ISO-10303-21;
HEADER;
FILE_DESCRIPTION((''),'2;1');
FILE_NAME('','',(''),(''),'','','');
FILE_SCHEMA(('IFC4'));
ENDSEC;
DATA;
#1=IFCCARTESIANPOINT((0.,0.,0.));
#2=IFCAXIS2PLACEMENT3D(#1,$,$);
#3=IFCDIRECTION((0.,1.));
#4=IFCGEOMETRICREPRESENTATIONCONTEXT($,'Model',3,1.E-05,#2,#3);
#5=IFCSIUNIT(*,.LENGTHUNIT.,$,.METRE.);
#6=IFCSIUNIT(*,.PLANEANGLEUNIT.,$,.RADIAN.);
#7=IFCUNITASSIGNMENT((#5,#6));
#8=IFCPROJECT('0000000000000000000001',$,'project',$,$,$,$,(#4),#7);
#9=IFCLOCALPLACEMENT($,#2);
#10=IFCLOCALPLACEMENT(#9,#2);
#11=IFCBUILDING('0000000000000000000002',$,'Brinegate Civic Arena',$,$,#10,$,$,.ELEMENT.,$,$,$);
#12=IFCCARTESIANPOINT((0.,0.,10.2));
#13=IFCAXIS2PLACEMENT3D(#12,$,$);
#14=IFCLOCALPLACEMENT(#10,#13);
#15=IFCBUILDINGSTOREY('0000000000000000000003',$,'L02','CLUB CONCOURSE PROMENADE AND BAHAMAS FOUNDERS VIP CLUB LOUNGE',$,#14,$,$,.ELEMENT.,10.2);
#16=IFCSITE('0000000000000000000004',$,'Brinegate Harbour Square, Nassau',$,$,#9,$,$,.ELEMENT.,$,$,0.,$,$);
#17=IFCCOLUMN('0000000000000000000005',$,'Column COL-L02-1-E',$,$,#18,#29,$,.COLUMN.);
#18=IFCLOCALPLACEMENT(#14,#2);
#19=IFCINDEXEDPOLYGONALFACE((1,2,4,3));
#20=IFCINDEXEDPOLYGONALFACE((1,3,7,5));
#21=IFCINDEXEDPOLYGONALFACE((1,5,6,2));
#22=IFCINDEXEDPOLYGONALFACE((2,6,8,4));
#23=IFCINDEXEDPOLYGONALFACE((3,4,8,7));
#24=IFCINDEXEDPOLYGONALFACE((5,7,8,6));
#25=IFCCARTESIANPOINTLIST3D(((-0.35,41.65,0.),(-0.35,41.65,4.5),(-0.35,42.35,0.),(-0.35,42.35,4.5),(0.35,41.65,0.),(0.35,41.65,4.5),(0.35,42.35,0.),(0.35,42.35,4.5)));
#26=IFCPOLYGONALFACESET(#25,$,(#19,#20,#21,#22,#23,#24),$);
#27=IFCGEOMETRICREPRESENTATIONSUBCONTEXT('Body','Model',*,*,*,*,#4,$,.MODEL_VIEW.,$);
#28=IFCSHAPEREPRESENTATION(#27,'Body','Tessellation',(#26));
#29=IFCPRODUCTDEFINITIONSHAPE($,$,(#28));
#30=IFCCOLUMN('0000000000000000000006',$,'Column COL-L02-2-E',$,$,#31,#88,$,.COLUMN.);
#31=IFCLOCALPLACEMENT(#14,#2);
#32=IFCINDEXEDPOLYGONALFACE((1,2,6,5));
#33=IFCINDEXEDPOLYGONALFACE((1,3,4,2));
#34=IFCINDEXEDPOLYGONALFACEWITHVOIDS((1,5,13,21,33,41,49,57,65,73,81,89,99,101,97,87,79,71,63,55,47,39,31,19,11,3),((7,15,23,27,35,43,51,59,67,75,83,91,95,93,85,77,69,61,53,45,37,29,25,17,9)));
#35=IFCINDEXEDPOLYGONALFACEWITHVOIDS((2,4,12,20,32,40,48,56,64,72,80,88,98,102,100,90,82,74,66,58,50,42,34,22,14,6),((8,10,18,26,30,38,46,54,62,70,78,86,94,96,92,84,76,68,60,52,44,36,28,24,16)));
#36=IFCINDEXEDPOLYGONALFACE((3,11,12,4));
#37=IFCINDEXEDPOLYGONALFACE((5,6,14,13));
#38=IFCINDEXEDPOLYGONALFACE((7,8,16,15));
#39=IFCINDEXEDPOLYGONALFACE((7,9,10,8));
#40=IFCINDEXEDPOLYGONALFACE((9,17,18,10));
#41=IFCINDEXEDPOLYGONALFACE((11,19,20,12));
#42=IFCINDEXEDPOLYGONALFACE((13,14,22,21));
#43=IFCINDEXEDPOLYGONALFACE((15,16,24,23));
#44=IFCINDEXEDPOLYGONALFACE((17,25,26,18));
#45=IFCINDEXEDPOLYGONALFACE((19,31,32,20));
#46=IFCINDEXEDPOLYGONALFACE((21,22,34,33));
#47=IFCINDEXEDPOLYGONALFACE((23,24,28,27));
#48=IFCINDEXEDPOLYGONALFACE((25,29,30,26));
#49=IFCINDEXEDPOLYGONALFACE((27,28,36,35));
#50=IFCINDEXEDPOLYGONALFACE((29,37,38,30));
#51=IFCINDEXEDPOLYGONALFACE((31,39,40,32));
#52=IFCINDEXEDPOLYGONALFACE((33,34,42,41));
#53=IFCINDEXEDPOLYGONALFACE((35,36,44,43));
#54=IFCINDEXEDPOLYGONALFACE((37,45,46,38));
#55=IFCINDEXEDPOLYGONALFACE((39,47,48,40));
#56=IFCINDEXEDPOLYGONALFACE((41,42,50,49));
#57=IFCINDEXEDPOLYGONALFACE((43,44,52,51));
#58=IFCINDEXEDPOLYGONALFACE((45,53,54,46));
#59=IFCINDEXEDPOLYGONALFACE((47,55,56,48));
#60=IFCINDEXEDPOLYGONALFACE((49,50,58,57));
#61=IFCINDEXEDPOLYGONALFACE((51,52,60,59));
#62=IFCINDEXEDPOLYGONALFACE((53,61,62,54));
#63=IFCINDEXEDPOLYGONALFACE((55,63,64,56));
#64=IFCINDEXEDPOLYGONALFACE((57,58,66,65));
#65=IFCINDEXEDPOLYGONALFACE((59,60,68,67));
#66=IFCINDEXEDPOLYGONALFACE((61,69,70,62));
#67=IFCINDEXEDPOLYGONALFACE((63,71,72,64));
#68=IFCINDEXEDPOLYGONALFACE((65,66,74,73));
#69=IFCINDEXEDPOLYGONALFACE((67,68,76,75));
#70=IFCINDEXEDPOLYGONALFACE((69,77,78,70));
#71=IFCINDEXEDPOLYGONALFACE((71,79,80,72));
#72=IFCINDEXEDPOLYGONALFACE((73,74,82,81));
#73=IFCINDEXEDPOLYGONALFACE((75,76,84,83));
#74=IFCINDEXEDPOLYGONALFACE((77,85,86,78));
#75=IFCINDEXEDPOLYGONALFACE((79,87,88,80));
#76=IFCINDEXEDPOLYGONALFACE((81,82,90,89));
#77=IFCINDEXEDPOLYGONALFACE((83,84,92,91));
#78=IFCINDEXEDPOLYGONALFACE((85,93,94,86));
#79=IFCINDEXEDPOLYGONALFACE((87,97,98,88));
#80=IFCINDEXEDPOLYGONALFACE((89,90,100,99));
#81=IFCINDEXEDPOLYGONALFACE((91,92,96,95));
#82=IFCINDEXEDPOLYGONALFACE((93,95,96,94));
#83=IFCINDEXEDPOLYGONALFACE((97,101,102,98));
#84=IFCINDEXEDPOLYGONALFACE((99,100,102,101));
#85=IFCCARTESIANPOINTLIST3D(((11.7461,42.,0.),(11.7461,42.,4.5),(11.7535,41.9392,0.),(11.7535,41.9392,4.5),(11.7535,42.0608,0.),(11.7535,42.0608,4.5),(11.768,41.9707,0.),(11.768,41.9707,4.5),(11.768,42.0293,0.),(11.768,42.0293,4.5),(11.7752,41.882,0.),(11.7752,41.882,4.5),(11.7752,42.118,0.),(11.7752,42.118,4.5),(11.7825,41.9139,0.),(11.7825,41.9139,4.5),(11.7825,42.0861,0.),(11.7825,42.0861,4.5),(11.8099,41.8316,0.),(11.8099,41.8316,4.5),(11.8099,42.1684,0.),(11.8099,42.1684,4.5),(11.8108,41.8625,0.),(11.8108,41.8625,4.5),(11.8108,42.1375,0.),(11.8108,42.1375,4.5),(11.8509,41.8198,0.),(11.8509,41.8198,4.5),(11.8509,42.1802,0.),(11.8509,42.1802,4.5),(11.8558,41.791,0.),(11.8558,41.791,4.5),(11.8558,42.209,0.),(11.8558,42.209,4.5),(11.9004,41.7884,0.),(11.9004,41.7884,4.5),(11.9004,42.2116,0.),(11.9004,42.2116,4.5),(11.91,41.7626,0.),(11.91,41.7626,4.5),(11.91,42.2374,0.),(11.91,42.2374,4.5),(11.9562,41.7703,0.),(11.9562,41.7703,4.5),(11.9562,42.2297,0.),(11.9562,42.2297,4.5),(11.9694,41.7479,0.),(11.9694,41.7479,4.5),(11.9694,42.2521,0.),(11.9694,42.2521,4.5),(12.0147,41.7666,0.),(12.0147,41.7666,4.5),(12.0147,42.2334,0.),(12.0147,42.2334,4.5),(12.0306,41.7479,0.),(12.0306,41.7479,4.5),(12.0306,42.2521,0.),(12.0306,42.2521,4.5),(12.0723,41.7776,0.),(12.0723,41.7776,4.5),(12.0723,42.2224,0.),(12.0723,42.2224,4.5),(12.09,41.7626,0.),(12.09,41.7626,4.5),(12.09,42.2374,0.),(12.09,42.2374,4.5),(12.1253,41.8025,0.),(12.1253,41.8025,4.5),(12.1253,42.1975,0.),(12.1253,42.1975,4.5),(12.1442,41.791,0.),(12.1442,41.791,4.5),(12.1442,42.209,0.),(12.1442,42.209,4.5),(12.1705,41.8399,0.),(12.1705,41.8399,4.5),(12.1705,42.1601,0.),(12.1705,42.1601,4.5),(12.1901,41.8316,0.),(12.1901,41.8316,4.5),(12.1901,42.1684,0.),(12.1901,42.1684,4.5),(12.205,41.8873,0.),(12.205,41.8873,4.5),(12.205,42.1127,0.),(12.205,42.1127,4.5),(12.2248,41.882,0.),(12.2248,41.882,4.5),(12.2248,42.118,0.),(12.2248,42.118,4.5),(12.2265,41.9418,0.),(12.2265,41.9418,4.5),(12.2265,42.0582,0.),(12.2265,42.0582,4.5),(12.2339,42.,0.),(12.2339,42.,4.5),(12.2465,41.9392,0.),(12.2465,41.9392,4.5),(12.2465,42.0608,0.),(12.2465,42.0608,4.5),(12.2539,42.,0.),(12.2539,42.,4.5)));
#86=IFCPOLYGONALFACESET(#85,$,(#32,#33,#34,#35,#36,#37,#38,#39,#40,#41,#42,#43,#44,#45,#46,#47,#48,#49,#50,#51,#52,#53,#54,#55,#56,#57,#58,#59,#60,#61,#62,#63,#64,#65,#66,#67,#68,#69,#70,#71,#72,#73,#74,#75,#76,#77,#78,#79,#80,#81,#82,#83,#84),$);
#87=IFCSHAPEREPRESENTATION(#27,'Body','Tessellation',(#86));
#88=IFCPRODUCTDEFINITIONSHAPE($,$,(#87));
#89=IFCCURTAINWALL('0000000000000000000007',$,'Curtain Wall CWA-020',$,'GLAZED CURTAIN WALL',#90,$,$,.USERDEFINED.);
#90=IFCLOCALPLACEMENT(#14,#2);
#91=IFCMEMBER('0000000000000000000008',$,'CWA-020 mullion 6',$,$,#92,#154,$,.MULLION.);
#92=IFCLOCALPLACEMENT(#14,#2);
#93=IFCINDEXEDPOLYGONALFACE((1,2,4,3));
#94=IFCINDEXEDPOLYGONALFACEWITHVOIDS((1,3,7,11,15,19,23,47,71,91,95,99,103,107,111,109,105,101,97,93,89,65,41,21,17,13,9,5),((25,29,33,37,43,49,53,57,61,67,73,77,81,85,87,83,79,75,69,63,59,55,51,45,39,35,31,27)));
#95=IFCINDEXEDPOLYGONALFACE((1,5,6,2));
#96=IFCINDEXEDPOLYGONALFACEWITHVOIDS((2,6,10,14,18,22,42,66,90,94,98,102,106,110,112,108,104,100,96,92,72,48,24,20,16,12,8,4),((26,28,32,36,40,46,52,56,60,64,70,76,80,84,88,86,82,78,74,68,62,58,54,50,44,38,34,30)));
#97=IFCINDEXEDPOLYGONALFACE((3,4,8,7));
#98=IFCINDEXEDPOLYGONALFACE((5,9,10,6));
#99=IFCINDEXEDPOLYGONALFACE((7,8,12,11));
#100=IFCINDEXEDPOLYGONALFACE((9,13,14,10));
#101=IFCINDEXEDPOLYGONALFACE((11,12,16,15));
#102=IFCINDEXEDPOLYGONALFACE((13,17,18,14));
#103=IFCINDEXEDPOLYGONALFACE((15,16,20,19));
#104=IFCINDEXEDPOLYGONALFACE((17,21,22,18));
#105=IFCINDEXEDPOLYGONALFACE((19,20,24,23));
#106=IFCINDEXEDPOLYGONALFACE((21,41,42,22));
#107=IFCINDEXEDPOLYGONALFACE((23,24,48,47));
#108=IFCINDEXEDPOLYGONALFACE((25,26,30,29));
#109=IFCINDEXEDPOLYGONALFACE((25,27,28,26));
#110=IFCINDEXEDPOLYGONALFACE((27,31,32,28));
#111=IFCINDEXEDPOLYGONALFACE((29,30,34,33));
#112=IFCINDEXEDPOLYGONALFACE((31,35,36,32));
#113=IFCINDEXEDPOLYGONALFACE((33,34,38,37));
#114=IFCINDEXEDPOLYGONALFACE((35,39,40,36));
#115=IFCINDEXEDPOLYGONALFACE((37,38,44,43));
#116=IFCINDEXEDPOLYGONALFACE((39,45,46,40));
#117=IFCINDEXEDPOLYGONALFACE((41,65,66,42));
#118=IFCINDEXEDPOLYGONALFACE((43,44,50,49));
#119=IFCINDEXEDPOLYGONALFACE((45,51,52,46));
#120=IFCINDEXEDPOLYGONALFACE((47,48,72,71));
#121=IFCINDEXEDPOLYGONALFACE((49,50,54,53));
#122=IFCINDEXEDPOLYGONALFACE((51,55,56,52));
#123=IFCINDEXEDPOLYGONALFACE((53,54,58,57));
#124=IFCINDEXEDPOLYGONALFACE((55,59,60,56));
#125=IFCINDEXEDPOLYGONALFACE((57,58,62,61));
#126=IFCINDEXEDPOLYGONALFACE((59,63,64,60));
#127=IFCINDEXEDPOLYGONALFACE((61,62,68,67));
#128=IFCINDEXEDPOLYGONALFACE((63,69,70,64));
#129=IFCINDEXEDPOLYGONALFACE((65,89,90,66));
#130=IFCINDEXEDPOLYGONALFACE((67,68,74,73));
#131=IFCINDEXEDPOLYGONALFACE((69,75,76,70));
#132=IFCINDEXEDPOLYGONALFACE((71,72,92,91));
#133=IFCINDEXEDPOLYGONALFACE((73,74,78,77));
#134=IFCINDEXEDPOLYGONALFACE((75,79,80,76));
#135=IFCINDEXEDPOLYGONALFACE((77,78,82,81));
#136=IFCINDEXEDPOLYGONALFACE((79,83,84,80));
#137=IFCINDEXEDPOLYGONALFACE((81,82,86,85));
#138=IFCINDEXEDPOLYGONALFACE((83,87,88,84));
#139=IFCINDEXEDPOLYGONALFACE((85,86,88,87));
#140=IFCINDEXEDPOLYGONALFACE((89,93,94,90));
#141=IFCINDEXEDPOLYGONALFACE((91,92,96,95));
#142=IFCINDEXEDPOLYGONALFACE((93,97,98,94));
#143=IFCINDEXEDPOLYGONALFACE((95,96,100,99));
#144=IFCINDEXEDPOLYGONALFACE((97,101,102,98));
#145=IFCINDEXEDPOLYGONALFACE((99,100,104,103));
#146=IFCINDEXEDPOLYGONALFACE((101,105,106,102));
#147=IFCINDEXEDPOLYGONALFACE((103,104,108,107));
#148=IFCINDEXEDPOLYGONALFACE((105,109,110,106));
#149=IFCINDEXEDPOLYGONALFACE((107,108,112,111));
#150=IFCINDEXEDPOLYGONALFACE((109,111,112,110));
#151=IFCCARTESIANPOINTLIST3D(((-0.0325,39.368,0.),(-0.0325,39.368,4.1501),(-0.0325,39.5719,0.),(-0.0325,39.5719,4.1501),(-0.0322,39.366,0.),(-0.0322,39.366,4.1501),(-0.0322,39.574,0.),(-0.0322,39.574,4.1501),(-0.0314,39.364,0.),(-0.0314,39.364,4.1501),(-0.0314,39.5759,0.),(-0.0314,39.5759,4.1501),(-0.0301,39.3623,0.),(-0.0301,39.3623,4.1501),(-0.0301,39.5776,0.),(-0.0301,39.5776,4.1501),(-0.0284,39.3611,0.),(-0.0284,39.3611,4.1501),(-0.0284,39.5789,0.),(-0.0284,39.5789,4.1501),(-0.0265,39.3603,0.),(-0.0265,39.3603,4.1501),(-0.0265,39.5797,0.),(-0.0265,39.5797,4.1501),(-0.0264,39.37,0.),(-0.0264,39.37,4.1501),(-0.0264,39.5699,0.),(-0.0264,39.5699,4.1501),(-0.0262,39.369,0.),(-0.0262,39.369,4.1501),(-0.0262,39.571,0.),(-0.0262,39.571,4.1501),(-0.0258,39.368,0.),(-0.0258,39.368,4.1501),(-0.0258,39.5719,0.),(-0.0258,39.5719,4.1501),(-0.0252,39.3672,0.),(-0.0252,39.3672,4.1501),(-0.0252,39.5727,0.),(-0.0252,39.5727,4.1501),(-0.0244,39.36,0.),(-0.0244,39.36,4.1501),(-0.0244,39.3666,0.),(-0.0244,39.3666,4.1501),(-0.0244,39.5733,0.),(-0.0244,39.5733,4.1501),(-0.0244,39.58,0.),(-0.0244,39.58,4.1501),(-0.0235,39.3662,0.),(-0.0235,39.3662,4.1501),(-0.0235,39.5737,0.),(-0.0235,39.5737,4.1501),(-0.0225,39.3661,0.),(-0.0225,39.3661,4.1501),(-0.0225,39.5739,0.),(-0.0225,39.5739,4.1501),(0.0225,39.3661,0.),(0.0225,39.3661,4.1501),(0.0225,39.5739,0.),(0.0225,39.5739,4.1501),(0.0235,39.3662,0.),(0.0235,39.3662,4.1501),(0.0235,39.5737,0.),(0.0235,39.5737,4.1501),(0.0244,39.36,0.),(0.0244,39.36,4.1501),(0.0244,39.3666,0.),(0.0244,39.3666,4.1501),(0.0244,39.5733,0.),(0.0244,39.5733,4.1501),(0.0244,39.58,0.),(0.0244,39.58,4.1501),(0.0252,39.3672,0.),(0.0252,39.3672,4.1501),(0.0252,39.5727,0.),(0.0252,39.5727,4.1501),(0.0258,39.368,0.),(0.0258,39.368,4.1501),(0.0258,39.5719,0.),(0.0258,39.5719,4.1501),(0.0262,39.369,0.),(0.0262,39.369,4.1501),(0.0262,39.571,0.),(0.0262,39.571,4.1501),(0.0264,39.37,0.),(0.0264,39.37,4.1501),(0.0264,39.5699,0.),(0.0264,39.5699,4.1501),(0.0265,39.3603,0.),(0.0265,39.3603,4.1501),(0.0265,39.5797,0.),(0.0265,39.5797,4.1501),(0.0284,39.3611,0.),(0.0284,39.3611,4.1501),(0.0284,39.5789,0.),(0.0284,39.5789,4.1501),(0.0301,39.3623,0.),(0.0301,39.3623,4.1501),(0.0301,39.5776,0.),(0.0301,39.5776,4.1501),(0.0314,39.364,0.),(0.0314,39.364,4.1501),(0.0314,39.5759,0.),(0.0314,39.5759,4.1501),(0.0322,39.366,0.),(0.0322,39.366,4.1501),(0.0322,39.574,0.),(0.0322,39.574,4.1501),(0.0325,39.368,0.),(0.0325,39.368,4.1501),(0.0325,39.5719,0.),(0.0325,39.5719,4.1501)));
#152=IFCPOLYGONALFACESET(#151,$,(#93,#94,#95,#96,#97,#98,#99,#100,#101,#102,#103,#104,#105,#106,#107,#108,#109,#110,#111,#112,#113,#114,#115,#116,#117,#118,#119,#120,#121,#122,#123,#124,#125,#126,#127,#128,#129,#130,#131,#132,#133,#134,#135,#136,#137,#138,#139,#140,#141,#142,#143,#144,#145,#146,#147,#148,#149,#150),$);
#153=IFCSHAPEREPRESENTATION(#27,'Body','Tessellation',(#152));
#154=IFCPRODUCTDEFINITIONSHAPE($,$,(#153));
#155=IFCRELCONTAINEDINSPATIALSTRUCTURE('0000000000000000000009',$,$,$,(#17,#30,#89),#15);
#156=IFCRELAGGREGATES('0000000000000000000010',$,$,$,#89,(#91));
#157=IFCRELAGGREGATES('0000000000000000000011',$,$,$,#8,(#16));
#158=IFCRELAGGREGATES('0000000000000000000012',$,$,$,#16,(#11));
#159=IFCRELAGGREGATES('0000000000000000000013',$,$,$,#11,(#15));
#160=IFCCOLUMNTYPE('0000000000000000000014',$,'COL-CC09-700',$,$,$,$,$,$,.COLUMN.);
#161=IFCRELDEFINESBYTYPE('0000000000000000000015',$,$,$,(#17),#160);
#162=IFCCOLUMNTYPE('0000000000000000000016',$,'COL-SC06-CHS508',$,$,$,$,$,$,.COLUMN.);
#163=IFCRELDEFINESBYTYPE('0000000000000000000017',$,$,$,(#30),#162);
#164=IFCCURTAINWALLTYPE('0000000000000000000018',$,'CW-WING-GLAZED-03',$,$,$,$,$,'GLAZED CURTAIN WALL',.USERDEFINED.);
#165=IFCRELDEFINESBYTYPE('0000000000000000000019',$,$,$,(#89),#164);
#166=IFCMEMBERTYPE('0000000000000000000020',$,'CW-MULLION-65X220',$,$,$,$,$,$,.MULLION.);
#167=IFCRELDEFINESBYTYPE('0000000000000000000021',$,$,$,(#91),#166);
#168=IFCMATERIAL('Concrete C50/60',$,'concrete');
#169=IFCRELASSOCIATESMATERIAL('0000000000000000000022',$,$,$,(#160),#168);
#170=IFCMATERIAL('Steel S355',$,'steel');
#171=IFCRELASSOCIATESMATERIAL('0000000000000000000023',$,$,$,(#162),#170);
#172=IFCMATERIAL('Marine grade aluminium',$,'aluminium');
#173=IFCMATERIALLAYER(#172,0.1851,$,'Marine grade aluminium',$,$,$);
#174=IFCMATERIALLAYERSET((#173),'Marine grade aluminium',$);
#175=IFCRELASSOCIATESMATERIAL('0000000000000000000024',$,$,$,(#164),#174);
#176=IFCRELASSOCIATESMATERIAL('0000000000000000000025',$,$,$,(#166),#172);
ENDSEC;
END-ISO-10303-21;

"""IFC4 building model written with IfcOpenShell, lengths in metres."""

from ifc_helpers import new_model, si_unit, direction, frame, origin, origin_2d, place, context, subcontext, project, spatial, rectangle, hollow_rectangle, hollow_circle, extrude, material, layer, layer_set, material_profile, profile_set, type_object, element, aggregate, save


model = new_model("IFC4")

# Units and contexts
model_context = context("Model", 3, precision=1e-05, world=origin(), true_north=direction((0.0, 1.0)))
body_context = subcontext(model_context, "Body", "Model", "MODEL_VIEW")
ifc_project = project(units=[si_unit("LENGTHUNIT", "METRE"), si_unit("PLANEANGLEUNIT", "RADIAN")], contexts=[model_context])

# Site, building, storey
site_placement = place(None, origin())
site = spatial("IfcSite", under=ifc_project, at=site_placement, Name="Brinegate Harbour Square, Nassau", CompositionType="ELEMENT", RefElevation=0.0)
building_placement = place(site_placement, origin())
building = spatial("IfcBuilding", under=site, at=building_placement, Name="Brinegate Civic Arena", CompositionType="ELEMENT")
storey_placement = place(building_placement, frame((0.0, 0.0, 10.2)))
storey = spatial("IfcBuildingStorey", under=building, at=storey_placement, Name="L02", Description="CLUB CONCOURSE PROMENADE AND BAHAMAS FOUNDERS VIP CLUB LOUNGE", CompositionType="ELEMENT", Elevation=10.2)

# Columns
ifc_material_1 = material(Name="Concrete C50/60", Category="concrete")
ifc_material_profile_1 = material_profile(ifc_material_1, rectangle(XDim=0.7, YDim=0.7, at=origin_2d()), Name="RC700X700")
ifc_profile_set_1 = profile_set([ifc_material_profile_1], Name="Concrete C50/60")
column_type_1 = type_object("IfcColumnType", Name="COL-CC09-700", PredefinedType="COLUMN", material=ifc_profile_set_1)
column_1_placement = place(storey_placement, frame((0.0, 42.0, 0.0), z_axis=(0.0, 0.0, 1.0), x_axis=(1.0, 0.0, 0.0)))
element("IfcColumn", 1, at=column_1_placement, inside=storey, type_object=column_type_1, Name="Column COL-L02-1-E", PredefinedType="COLUMN", context=body_context, shape_type="SweptSolid", body=[
    extrude(rectangle(XDim=0.7, YDim=0.7, at=origin_2d()), origin(), (0.0, 0.0, 1.0), 4.5),
])
ifc_material_2 = material(Name="Steel S355", Category="steel")
ifc_material_profile_2 = material_profile(ifc_material_2, hollow_circle(Radius=0.2539, WallThickness=0.02, at=origin_2d()), Name="CHS508X20")
ifc_profile_set_2 = profile_set([ifc_material_profile_2], Name="Steel S355")
column_type_2 = type_object("IfcColumnType", Name="COL-SC06-CHS508", PredefinedType="COLUMN", material=ifc_profile_set_2)
column_2_placement = place(storey_placement, frame((12.0, 42.0, 0.0), z_axis=(0.0, 0.0, 1.0), x_axis=(1.0, 0.0, 0.0)))
element("IfcColumn", 2, at=column_2_placement, inside=storey, type_object=column_type_2, Name="Column COL-L02-2-E", PredefinedType="COLUMN", context=body_context, shape_type="SweptSolid", body=[
    extrude(hollow_circle(Radius=0.2539, WallThickness=0.02, at=origin_2d()), origin(), (0.0, 0.0, 1.0), 4.5),
])

# Curtain wall, member
ifc_material_3 = material(Name="Marine grade aluminium", Category="aluminium")
ifc_layer_1 = layer(ifc_material_3, 0.1851, Name="Marine grade aluminium")
ifc_layer_set_1 = layer_set([ifc_layer_1], Name="Marine grade aluminium")
curtain_wall_type = type_object("IfcCurtainWallType", Name="CW-WING-GLAZED-03", ElementType="GLAZED CURTAIN WALL", PredefinedType="USERDEFINED", material=ifc_layer_set_1)
curtain_wall_1_placement = place(storey_placement, origin())
curtain_wall_1 = element("IfcCurtainWall", 3, at=curtain_wall_1_placement, inside=storey, type_object=curtain_wall_type, Name="Curtain Wall CWA-020", ObjectType="GLAZED CURTAIN WALL", PredefinedType="USERDEFINED")
ifc_material_profile_3 = material_profile(ifc_material_3, hollow_rectangle(XDim=0.0649, YDim=0.22, WallThickness=0.0061, InnerFilletRadius=0.0039, OuterFilletRadius=0.0081, at=origin_2d()), Name="MUL65X220")
ifc_profile_set_3 = profile_set([ifc_material_profile_3], Name="Marine grade aluminium")
member_type_1 = type_object("IfcMemberType", Name="CW-MULLION-65X220", PredefinedType="MULLION", material=ifc_profile_set_3)
member_1_placement = place(storey_placement, frame((0.0, 39.47, 0.0), z_axis=(0.0, 0.0, 1.0), x_axis=(-1.0, 0.0, 0.0)))
member_1 = element("IfcMember", 4, at=member_1_placement, type_object=member_type_1, Name="CWA-020 mullion 6", PredefinedType="MULLION", context=body_context, shape_type="SweptSolid", body=[
    extrude(hollow_rectangle(XDim=0.0649, YDim=0.22, WallThickness=0.0061, InnerFilletRadius=0.0039, OuterFilletRadius=0.0081, at=origin_2d()), origin(), (0.0, 0.0, 1.0), 4.1501),
])

aggregate(curtain_wall_1, [member_1])

save(model, "model.ifc")
